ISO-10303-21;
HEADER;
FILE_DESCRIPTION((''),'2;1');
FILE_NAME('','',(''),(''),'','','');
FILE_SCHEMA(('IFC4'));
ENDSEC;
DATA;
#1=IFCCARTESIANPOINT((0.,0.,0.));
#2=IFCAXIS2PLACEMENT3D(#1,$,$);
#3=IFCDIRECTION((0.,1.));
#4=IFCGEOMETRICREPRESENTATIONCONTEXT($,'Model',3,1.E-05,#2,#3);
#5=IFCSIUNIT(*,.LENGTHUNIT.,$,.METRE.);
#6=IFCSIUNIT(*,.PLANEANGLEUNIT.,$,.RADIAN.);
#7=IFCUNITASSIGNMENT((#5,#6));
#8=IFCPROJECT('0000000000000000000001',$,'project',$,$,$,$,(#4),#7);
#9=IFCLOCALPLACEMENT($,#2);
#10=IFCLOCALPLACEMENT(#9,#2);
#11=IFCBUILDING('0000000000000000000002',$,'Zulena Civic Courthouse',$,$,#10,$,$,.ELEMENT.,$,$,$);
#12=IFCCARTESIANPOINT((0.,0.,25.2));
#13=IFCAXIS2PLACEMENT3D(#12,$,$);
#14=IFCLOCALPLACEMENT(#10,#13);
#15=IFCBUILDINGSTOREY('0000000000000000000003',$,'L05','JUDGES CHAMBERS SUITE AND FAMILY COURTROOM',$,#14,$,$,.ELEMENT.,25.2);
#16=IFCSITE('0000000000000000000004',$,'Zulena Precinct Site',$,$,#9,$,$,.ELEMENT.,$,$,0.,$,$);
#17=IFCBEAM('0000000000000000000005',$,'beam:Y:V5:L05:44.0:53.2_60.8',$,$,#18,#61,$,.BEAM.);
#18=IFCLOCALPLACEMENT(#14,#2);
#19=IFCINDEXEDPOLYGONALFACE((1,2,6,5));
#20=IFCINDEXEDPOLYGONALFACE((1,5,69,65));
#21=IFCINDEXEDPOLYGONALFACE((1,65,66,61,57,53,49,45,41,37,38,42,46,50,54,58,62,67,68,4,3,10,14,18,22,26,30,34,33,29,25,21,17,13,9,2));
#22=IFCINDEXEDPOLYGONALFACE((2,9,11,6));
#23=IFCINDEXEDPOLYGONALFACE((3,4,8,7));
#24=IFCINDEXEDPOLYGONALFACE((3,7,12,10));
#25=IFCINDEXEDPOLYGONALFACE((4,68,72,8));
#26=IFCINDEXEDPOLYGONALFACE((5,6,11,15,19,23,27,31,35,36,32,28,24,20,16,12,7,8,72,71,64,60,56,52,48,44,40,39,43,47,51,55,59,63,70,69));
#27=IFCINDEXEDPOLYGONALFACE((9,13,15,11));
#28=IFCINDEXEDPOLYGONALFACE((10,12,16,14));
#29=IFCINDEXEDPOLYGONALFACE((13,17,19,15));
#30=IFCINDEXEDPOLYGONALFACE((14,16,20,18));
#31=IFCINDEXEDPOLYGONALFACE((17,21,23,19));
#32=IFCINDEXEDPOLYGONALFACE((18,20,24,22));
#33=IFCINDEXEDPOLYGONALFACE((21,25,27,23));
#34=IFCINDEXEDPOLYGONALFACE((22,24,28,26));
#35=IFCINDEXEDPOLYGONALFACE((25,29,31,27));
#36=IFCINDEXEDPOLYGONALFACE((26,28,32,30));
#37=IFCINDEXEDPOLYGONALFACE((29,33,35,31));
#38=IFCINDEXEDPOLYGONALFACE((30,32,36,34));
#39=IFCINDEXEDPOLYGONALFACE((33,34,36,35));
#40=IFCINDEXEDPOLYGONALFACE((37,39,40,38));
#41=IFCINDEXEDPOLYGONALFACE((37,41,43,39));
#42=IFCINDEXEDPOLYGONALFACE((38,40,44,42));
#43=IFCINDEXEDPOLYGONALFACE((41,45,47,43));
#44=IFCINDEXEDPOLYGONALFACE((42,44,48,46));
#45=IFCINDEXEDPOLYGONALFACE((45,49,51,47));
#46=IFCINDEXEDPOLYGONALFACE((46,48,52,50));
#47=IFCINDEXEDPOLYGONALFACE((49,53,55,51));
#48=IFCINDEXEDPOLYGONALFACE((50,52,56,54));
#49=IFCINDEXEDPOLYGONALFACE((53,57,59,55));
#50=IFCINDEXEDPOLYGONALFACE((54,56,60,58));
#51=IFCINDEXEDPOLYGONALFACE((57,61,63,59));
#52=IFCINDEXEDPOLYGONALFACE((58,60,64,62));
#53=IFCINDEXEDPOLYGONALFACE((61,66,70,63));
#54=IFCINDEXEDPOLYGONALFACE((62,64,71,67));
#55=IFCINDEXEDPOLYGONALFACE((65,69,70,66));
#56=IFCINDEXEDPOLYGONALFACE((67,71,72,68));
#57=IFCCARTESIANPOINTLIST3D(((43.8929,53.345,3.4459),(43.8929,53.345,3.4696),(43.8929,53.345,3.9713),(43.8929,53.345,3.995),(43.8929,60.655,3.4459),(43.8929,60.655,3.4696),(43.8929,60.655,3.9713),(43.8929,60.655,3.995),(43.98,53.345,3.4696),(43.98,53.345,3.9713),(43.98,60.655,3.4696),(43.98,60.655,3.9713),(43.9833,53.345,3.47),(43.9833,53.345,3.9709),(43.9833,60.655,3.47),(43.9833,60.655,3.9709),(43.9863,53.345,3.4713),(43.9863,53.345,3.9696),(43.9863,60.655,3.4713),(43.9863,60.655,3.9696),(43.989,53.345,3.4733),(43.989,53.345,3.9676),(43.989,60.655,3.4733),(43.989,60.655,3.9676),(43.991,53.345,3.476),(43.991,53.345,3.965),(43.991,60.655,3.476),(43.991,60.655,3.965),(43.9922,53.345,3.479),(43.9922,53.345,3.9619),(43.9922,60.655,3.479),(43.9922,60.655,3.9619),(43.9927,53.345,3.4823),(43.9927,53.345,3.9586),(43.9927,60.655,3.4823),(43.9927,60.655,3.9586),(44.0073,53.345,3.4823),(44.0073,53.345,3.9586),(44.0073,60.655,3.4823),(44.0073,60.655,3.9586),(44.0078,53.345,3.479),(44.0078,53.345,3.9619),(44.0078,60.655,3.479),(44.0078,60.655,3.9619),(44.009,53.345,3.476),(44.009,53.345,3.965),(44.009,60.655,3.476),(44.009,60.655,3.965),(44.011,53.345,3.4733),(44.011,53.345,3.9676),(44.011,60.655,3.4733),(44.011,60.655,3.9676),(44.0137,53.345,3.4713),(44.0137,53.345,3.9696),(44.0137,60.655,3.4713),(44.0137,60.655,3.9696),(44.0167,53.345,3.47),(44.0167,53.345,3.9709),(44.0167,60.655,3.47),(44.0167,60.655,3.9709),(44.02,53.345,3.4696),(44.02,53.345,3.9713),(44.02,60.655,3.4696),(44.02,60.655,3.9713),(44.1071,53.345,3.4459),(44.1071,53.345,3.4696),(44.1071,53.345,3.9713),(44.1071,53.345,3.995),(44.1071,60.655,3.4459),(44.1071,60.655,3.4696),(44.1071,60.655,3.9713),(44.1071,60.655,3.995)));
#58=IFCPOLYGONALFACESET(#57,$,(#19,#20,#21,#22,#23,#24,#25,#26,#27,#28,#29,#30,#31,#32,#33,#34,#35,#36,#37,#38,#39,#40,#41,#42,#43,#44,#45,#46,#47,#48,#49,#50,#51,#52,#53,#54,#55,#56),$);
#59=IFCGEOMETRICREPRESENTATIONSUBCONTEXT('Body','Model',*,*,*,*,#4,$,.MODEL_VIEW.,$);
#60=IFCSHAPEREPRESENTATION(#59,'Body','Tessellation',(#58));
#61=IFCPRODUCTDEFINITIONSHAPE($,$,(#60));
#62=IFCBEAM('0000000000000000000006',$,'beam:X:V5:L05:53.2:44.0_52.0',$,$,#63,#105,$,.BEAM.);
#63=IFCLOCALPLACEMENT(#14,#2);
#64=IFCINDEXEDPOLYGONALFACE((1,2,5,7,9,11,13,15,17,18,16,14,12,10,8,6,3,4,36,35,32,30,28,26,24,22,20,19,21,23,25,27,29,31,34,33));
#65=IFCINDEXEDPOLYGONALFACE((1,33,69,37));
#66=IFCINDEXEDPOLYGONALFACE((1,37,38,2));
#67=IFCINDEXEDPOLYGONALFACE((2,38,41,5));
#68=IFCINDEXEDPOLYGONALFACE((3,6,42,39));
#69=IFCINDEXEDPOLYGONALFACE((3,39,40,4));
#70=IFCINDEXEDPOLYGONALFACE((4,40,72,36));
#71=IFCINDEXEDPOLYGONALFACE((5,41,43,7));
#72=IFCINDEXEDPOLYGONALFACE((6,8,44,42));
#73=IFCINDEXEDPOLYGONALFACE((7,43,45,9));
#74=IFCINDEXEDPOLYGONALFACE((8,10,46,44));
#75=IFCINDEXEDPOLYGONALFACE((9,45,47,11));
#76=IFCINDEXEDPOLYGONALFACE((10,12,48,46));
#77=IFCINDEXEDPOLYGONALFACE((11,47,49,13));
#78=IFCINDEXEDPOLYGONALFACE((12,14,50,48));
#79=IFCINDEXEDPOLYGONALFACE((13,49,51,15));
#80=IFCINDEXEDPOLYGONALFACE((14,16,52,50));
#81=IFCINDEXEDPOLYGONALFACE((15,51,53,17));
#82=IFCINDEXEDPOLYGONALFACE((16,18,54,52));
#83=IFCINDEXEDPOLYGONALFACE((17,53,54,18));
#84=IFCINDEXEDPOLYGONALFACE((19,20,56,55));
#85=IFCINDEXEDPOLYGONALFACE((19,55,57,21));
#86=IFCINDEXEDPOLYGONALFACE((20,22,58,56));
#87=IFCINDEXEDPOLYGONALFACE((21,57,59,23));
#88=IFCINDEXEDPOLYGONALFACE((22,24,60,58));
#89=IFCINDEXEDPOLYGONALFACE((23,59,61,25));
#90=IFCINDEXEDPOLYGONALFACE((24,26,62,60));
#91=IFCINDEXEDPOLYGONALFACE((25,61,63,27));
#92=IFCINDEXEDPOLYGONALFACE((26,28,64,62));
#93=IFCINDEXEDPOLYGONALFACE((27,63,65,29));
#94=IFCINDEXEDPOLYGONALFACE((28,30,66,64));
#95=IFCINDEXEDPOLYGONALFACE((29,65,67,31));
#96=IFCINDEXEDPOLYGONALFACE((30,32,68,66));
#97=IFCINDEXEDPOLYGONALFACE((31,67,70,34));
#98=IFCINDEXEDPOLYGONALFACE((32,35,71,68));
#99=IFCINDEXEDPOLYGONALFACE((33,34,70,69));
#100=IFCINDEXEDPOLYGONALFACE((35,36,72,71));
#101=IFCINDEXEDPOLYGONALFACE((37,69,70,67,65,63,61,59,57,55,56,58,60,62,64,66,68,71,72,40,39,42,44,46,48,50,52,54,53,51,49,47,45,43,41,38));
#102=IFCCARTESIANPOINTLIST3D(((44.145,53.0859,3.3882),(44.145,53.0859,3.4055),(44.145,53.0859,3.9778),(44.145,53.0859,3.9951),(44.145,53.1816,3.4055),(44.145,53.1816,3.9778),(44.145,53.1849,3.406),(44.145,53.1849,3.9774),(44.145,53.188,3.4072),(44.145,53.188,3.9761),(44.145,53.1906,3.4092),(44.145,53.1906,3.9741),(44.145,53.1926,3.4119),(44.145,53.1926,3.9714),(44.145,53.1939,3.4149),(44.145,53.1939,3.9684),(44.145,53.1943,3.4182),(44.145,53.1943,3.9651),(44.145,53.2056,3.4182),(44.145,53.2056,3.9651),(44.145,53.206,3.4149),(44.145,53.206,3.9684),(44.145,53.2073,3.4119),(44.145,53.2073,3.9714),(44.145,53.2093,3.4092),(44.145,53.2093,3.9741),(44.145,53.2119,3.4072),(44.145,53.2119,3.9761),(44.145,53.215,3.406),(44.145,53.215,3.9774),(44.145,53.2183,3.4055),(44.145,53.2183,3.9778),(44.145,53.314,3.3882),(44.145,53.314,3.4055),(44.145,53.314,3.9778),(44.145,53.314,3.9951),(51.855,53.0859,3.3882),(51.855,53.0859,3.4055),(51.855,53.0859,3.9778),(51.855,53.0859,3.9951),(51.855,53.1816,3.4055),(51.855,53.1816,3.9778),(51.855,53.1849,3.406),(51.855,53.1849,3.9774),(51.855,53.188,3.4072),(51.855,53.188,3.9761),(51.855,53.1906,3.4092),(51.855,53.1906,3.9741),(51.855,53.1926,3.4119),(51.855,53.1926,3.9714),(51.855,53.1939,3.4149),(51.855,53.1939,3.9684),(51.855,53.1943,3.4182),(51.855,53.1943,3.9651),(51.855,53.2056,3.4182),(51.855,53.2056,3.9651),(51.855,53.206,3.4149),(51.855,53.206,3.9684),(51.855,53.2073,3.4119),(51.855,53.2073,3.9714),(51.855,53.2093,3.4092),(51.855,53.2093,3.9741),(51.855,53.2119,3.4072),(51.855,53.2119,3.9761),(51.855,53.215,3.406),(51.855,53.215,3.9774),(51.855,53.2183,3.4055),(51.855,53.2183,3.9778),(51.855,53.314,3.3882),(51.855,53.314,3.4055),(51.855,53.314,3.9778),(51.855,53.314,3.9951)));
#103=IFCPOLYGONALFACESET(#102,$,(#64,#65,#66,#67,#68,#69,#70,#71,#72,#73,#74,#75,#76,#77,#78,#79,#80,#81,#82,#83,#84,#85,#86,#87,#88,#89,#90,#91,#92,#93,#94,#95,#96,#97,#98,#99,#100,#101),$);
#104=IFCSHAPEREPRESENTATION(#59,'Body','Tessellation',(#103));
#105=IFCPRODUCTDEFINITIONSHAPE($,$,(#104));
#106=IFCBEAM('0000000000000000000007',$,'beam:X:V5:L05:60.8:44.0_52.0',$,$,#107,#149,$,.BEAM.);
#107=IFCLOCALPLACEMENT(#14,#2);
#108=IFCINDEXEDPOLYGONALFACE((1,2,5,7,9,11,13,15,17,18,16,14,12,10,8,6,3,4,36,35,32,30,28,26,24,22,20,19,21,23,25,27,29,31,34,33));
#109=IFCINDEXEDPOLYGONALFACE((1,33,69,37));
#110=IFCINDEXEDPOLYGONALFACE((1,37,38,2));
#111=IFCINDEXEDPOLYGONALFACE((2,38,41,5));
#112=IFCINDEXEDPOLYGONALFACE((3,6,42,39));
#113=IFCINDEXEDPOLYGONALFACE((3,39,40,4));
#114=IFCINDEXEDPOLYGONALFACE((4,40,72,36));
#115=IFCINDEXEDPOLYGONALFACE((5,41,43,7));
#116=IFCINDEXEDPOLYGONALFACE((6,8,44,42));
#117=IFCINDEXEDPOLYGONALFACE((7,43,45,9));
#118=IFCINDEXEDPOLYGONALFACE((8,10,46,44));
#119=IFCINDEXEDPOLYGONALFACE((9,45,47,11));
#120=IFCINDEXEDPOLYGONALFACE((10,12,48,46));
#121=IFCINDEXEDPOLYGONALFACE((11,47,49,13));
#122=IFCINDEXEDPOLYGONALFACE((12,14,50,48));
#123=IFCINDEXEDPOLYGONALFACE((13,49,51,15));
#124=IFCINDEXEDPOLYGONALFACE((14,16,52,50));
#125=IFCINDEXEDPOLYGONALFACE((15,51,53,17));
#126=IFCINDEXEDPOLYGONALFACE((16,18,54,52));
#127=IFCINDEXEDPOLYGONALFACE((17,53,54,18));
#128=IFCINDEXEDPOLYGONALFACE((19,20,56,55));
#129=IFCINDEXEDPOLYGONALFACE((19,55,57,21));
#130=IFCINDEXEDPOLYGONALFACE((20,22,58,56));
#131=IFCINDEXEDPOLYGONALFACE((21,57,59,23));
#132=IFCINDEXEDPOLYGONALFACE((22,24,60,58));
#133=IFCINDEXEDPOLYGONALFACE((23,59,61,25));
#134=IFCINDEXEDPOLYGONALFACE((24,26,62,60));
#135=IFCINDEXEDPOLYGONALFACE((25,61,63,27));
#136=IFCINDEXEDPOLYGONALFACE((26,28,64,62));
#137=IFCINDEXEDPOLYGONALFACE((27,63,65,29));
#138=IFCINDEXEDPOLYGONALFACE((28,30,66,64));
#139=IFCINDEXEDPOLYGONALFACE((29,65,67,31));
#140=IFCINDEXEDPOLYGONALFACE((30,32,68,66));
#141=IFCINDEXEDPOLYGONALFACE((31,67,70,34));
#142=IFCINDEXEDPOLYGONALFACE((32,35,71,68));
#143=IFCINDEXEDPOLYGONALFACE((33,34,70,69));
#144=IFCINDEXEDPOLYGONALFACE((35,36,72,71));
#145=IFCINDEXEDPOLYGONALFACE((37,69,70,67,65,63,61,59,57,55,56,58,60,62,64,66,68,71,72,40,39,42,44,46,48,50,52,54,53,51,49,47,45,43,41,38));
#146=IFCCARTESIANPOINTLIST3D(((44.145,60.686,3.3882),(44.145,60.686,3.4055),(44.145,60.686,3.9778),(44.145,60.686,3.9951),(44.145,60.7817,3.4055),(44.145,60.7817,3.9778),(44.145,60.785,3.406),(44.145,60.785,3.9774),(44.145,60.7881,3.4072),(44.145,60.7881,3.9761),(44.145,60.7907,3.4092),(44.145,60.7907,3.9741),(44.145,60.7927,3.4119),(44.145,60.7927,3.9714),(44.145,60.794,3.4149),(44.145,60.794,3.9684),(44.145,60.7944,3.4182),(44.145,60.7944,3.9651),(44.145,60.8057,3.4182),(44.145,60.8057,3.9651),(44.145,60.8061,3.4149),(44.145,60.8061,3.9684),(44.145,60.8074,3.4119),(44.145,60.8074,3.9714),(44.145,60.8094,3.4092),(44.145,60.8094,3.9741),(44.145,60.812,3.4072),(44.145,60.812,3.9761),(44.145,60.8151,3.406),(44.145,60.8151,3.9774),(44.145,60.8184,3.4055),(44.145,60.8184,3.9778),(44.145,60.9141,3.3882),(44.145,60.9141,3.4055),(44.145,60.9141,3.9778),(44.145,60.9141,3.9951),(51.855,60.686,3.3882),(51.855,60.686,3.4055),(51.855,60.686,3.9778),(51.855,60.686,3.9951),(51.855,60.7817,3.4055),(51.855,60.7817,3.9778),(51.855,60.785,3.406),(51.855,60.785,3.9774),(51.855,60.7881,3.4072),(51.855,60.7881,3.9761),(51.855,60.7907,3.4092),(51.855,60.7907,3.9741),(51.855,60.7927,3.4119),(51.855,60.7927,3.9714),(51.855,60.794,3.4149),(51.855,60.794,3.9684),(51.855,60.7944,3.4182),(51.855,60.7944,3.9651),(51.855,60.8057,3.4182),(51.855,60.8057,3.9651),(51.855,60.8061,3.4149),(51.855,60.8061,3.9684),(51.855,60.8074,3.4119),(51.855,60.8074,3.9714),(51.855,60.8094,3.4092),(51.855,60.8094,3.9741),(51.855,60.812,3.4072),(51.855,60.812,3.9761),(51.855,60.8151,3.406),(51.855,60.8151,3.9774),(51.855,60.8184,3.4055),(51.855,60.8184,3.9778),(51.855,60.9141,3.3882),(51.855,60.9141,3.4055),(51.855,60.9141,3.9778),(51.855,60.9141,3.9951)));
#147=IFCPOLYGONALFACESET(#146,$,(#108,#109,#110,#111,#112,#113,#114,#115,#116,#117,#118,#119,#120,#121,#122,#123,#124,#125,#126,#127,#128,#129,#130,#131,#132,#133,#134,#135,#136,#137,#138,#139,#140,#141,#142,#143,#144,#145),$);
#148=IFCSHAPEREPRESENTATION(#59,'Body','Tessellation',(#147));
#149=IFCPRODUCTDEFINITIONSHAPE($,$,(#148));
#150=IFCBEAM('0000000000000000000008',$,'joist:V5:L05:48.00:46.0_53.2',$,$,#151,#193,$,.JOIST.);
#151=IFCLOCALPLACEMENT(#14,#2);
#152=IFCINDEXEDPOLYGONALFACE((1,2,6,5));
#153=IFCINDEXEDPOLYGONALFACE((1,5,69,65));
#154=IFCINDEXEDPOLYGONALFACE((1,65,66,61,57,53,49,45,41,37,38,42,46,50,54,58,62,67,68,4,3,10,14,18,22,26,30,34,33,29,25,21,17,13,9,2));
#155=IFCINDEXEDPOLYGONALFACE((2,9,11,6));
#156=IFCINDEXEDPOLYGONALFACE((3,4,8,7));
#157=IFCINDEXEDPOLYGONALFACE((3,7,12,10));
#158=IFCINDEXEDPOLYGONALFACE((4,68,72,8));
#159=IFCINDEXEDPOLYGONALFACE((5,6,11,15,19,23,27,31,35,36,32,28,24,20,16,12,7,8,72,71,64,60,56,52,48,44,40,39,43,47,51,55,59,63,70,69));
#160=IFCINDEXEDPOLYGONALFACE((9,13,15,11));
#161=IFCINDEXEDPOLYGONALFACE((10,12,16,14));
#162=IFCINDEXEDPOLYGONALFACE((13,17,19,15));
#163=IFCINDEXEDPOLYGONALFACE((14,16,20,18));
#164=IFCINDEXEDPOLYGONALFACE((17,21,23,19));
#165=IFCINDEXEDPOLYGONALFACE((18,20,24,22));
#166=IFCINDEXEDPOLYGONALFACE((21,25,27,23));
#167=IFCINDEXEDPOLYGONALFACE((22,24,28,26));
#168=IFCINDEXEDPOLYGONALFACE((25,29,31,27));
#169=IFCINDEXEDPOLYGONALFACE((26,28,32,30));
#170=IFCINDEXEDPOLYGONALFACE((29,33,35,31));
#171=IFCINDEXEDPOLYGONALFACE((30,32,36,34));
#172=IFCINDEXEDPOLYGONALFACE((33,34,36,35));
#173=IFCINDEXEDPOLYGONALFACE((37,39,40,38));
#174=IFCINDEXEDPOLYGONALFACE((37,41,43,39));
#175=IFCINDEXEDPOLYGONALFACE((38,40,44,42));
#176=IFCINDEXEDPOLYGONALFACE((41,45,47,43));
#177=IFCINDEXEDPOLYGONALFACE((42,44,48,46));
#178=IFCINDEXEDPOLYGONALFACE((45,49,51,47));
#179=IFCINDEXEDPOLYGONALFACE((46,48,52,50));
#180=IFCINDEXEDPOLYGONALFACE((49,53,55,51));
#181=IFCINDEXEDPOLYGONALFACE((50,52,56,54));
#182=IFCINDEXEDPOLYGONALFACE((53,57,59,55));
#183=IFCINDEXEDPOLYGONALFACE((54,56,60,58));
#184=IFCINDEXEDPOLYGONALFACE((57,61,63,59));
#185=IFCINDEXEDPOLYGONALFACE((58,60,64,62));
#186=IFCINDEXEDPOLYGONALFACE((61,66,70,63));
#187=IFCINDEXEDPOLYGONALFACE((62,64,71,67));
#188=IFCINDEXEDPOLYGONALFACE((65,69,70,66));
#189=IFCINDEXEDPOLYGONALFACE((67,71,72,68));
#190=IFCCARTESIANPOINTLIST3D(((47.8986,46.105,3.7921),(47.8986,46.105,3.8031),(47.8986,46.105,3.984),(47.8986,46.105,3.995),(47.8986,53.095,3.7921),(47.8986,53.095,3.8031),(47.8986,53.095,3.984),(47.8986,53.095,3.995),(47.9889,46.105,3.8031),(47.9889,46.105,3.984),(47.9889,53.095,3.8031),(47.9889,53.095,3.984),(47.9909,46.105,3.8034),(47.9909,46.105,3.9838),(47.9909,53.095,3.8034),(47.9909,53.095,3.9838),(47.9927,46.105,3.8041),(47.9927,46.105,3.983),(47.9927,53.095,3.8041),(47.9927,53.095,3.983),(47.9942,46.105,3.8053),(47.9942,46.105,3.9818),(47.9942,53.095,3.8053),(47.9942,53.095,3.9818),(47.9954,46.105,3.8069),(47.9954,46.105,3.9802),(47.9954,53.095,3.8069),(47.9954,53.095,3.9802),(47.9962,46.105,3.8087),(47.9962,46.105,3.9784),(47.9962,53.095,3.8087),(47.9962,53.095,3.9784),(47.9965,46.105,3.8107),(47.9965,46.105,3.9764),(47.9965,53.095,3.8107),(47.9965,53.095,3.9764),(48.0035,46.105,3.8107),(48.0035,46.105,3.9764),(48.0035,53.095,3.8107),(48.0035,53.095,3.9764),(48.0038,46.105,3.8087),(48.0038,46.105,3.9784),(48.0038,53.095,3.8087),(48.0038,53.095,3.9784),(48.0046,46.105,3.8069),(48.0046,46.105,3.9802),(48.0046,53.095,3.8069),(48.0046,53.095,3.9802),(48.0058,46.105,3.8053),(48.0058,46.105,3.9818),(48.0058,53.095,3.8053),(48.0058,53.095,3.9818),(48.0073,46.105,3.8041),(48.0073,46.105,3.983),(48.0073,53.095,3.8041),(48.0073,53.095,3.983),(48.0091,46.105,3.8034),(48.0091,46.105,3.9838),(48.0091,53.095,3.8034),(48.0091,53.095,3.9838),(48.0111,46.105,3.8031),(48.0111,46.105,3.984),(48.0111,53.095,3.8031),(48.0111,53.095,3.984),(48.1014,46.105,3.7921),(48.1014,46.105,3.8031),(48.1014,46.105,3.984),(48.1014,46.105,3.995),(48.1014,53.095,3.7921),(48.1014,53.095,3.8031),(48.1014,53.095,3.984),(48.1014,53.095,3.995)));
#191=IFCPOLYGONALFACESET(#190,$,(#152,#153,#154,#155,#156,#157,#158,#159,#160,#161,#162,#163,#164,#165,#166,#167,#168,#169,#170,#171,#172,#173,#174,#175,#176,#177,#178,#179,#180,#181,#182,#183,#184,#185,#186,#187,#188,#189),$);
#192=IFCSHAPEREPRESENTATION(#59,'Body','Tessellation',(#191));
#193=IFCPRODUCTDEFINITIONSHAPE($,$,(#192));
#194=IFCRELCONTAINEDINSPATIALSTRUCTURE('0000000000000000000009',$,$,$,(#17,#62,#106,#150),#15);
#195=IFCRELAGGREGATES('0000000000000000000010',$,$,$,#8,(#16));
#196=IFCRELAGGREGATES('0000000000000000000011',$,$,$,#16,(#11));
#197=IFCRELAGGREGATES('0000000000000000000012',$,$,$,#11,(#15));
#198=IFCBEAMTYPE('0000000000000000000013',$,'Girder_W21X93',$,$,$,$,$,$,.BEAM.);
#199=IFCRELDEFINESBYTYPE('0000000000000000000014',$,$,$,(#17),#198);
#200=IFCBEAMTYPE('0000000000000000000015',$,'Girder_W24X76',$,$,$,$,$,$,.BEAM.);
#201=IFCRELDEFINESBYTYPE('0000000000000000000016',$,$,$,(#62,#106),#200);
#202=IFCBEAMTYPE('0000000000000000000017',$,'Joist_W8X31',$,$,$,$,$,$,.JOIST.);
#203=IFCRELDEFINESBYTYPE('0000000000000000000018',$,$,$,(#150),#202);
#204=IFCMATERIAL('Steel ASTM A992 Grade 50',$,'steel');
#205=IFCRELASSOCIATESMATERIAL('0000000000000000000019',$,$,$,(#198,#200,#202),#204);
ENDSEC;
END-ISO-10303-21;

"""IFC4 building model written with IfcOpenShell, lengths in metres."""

from ifc_helpers import new_model, si_unit, direction, frame, origin, origin_2d, place, context, subcontext, project, spatial, i_section, extrude, material, material_profile, profile_set, type_object, element, save


model = new_model("IFC4")

# Units and contexts
model_context = context("Model", 3, precision=1e-05, world=origin(), true_north=direction((0.0, 1.0)))
body_context = subcontext(model_context, "Body", "Model", "MODEL_VIEW")
ifc_project = project(units=[si_unit("LENGTHUNIT", "METRE"), si_unit("PLANEANGLEUNIT", "RADIAN")], contexts=[model_context])

# Site, building, storey
site_placement = place(None, origin())
site = spatial("IfcSite", under=ifc_project, at=site_placement, Name="Zulena Precinct Site", CompositionType="ELEMENT", RefElevation=0.0)
building_placement = place(site_placement, origin())
building = spatial("IfcBuilding", under=site, at=building_placement, Name="Zulena Civic Courthouse", CompositionType="ELEMENT")
storey_placement = place(building_placement, frame((0.0, 0.0, 25.2)))
storey = spatial("IfcBuildingStorey", under=building, at=storey_placement, Name="L05", Description="JUDGES CHAMBERS SUITE AND FAMILY COURTROOM", CompositionType="ELEMENT", Elevation=25.2)

# Shared definitions
ifc_material_1 = material(Name="Steel ASTM A992 Grade 50", Category="steel")

# Beams
ifc_material_profile_1 = material_profile(ifc_material_1, i_section(OverallWidth=0.2141, OverallDepth=0.5491, WebThickness=0.0146, FlangeThickness=0.0237, FilletRadius=0.0127, at=origin_2d()), Name="W21X93")
ifc_profile_set_1 = profile_set([ifc_material_profile_1], Name="Steel ASTM A992 Grade 50")
beam_type_1 = type_object("IfcBeamType", Name="Girder_W21X93", PredefinedType="BEAM", material=ifc_profile_set_1)
beam_1_placement = place(storey_placement, frame((44.0, 53.345, 3.7205), z_axis=(0.0, 1.0, 0.0), x_axis=(-1.0, 0.0, 0.0)))
element("IfcBeam", 1, at=beam_1_placement, inside=storey, type_object=beam_type_1, Name="beam:Y:V5:L05:44.0:53.2_60.8", PredefinedType="BEAM", context=body_context, shape_type="SweptSolid", body=[
    extrude(i_section(OverallWidth=0.2141, OverallDepth=0.5491, WebThickness=0.0146, FlangeThickness=0.0237, FilletRadius=0.0127, at=origin_2d()), origin(), (0.0, 0.0, 1.0), 7.3101),
])
ifc_material_profile_2 = material_profile(ifc_material_1, i_section(OverallWidth=0.228, OverallDepth=0.6069, WebThickness=0.0112, FlangeThickness=0.0173, FilletRadius=0.0127, at=origin_2d()), Name="W24X76")
ifc_profile_set_2 = profile_set([ifc_material_profile_2], Name="Steel ASTM A992 Grade 50")
beam_type_2 = type_object("IfcBeamType", Name="Girder_W24X76", PredefinedType="BEAM", material=ifc_profile_set_2)
for number, where, z_axis, x_axis, name in (
    (2, (44.145, 53.2, 3.6917), (1.0, 0.0, 0.0), (0.0, 1.0, 0.0), "beam:X:V5:L05:53.2:44.0_52.0"),
    (3, (44.145, 60.8, 3.6917), (1.0, 0.0, 0.0), (0.0, 1.0, 0.0), "beam:X:V5:L05:60.8:44.0_52.0"),
):
    element("IfcBeam", number, at=place(storey_placement, frame(where, z_axis=z_axis, x_axis=x_axis)), inside=storey, type_object=beam_type_2, Name=name, PredefinedType="BEAM", context=body_context, shape_type="SweptSolid", body=[
        extrude(i_section(OverallWidth=0.228, OverallDepth=0.6069, WebThickness=0.0112, FlangeThickness=0.0173, FilletRadius=0.0127, at=origin_2d()), origin(), (0.0, 0.0, 1.0), 7.71),
    ])
ifc_material_profile_3 = material_profile(ifc_material_1, i_section(OverallWidth=0.2029, OverallDepth=0.2029, WebThickness=0.0071, FlangeThickness=0.011, FilletRadius=0.0076, at=origin_2d()), Name="W8X31")
ifc_profile_set_3 = profile_set([ifc_material_profile_3], Name="Steel ASTM A992 Grade 50")
beam_type_3 = type_object("IfcBeamType", Name="Joist_W8X31", PredefinedType="JOIST", material=ifc_profile_set_3)
beam_2_placement = place(storey_placement, frame((48.0, 46.105, 3.8936), z_axis=(0.0, 1.0, 0.0), x_axis=(-1.0, 0.0, 0.0)))
element("IfcBeam", 4, at=beam_2_placement, inside=storey, type_object=beam_type_3, Name="joist:V5:L05:48.00:46.0_53.2", PredefinedType="JOIST", context=body_context, shape_type="SweptSolid", body=[
    extrude(i_section(OverallWidth=0.2029, OverallDepth=0.2029, WebThickness=0.0071, FlangeThickness=0.011, FilletRadius=0.0076, at=origin_2d()), origin(), (0.0, 0.0, 1.0), 6.99),
])

save(model, "model.ifc")
